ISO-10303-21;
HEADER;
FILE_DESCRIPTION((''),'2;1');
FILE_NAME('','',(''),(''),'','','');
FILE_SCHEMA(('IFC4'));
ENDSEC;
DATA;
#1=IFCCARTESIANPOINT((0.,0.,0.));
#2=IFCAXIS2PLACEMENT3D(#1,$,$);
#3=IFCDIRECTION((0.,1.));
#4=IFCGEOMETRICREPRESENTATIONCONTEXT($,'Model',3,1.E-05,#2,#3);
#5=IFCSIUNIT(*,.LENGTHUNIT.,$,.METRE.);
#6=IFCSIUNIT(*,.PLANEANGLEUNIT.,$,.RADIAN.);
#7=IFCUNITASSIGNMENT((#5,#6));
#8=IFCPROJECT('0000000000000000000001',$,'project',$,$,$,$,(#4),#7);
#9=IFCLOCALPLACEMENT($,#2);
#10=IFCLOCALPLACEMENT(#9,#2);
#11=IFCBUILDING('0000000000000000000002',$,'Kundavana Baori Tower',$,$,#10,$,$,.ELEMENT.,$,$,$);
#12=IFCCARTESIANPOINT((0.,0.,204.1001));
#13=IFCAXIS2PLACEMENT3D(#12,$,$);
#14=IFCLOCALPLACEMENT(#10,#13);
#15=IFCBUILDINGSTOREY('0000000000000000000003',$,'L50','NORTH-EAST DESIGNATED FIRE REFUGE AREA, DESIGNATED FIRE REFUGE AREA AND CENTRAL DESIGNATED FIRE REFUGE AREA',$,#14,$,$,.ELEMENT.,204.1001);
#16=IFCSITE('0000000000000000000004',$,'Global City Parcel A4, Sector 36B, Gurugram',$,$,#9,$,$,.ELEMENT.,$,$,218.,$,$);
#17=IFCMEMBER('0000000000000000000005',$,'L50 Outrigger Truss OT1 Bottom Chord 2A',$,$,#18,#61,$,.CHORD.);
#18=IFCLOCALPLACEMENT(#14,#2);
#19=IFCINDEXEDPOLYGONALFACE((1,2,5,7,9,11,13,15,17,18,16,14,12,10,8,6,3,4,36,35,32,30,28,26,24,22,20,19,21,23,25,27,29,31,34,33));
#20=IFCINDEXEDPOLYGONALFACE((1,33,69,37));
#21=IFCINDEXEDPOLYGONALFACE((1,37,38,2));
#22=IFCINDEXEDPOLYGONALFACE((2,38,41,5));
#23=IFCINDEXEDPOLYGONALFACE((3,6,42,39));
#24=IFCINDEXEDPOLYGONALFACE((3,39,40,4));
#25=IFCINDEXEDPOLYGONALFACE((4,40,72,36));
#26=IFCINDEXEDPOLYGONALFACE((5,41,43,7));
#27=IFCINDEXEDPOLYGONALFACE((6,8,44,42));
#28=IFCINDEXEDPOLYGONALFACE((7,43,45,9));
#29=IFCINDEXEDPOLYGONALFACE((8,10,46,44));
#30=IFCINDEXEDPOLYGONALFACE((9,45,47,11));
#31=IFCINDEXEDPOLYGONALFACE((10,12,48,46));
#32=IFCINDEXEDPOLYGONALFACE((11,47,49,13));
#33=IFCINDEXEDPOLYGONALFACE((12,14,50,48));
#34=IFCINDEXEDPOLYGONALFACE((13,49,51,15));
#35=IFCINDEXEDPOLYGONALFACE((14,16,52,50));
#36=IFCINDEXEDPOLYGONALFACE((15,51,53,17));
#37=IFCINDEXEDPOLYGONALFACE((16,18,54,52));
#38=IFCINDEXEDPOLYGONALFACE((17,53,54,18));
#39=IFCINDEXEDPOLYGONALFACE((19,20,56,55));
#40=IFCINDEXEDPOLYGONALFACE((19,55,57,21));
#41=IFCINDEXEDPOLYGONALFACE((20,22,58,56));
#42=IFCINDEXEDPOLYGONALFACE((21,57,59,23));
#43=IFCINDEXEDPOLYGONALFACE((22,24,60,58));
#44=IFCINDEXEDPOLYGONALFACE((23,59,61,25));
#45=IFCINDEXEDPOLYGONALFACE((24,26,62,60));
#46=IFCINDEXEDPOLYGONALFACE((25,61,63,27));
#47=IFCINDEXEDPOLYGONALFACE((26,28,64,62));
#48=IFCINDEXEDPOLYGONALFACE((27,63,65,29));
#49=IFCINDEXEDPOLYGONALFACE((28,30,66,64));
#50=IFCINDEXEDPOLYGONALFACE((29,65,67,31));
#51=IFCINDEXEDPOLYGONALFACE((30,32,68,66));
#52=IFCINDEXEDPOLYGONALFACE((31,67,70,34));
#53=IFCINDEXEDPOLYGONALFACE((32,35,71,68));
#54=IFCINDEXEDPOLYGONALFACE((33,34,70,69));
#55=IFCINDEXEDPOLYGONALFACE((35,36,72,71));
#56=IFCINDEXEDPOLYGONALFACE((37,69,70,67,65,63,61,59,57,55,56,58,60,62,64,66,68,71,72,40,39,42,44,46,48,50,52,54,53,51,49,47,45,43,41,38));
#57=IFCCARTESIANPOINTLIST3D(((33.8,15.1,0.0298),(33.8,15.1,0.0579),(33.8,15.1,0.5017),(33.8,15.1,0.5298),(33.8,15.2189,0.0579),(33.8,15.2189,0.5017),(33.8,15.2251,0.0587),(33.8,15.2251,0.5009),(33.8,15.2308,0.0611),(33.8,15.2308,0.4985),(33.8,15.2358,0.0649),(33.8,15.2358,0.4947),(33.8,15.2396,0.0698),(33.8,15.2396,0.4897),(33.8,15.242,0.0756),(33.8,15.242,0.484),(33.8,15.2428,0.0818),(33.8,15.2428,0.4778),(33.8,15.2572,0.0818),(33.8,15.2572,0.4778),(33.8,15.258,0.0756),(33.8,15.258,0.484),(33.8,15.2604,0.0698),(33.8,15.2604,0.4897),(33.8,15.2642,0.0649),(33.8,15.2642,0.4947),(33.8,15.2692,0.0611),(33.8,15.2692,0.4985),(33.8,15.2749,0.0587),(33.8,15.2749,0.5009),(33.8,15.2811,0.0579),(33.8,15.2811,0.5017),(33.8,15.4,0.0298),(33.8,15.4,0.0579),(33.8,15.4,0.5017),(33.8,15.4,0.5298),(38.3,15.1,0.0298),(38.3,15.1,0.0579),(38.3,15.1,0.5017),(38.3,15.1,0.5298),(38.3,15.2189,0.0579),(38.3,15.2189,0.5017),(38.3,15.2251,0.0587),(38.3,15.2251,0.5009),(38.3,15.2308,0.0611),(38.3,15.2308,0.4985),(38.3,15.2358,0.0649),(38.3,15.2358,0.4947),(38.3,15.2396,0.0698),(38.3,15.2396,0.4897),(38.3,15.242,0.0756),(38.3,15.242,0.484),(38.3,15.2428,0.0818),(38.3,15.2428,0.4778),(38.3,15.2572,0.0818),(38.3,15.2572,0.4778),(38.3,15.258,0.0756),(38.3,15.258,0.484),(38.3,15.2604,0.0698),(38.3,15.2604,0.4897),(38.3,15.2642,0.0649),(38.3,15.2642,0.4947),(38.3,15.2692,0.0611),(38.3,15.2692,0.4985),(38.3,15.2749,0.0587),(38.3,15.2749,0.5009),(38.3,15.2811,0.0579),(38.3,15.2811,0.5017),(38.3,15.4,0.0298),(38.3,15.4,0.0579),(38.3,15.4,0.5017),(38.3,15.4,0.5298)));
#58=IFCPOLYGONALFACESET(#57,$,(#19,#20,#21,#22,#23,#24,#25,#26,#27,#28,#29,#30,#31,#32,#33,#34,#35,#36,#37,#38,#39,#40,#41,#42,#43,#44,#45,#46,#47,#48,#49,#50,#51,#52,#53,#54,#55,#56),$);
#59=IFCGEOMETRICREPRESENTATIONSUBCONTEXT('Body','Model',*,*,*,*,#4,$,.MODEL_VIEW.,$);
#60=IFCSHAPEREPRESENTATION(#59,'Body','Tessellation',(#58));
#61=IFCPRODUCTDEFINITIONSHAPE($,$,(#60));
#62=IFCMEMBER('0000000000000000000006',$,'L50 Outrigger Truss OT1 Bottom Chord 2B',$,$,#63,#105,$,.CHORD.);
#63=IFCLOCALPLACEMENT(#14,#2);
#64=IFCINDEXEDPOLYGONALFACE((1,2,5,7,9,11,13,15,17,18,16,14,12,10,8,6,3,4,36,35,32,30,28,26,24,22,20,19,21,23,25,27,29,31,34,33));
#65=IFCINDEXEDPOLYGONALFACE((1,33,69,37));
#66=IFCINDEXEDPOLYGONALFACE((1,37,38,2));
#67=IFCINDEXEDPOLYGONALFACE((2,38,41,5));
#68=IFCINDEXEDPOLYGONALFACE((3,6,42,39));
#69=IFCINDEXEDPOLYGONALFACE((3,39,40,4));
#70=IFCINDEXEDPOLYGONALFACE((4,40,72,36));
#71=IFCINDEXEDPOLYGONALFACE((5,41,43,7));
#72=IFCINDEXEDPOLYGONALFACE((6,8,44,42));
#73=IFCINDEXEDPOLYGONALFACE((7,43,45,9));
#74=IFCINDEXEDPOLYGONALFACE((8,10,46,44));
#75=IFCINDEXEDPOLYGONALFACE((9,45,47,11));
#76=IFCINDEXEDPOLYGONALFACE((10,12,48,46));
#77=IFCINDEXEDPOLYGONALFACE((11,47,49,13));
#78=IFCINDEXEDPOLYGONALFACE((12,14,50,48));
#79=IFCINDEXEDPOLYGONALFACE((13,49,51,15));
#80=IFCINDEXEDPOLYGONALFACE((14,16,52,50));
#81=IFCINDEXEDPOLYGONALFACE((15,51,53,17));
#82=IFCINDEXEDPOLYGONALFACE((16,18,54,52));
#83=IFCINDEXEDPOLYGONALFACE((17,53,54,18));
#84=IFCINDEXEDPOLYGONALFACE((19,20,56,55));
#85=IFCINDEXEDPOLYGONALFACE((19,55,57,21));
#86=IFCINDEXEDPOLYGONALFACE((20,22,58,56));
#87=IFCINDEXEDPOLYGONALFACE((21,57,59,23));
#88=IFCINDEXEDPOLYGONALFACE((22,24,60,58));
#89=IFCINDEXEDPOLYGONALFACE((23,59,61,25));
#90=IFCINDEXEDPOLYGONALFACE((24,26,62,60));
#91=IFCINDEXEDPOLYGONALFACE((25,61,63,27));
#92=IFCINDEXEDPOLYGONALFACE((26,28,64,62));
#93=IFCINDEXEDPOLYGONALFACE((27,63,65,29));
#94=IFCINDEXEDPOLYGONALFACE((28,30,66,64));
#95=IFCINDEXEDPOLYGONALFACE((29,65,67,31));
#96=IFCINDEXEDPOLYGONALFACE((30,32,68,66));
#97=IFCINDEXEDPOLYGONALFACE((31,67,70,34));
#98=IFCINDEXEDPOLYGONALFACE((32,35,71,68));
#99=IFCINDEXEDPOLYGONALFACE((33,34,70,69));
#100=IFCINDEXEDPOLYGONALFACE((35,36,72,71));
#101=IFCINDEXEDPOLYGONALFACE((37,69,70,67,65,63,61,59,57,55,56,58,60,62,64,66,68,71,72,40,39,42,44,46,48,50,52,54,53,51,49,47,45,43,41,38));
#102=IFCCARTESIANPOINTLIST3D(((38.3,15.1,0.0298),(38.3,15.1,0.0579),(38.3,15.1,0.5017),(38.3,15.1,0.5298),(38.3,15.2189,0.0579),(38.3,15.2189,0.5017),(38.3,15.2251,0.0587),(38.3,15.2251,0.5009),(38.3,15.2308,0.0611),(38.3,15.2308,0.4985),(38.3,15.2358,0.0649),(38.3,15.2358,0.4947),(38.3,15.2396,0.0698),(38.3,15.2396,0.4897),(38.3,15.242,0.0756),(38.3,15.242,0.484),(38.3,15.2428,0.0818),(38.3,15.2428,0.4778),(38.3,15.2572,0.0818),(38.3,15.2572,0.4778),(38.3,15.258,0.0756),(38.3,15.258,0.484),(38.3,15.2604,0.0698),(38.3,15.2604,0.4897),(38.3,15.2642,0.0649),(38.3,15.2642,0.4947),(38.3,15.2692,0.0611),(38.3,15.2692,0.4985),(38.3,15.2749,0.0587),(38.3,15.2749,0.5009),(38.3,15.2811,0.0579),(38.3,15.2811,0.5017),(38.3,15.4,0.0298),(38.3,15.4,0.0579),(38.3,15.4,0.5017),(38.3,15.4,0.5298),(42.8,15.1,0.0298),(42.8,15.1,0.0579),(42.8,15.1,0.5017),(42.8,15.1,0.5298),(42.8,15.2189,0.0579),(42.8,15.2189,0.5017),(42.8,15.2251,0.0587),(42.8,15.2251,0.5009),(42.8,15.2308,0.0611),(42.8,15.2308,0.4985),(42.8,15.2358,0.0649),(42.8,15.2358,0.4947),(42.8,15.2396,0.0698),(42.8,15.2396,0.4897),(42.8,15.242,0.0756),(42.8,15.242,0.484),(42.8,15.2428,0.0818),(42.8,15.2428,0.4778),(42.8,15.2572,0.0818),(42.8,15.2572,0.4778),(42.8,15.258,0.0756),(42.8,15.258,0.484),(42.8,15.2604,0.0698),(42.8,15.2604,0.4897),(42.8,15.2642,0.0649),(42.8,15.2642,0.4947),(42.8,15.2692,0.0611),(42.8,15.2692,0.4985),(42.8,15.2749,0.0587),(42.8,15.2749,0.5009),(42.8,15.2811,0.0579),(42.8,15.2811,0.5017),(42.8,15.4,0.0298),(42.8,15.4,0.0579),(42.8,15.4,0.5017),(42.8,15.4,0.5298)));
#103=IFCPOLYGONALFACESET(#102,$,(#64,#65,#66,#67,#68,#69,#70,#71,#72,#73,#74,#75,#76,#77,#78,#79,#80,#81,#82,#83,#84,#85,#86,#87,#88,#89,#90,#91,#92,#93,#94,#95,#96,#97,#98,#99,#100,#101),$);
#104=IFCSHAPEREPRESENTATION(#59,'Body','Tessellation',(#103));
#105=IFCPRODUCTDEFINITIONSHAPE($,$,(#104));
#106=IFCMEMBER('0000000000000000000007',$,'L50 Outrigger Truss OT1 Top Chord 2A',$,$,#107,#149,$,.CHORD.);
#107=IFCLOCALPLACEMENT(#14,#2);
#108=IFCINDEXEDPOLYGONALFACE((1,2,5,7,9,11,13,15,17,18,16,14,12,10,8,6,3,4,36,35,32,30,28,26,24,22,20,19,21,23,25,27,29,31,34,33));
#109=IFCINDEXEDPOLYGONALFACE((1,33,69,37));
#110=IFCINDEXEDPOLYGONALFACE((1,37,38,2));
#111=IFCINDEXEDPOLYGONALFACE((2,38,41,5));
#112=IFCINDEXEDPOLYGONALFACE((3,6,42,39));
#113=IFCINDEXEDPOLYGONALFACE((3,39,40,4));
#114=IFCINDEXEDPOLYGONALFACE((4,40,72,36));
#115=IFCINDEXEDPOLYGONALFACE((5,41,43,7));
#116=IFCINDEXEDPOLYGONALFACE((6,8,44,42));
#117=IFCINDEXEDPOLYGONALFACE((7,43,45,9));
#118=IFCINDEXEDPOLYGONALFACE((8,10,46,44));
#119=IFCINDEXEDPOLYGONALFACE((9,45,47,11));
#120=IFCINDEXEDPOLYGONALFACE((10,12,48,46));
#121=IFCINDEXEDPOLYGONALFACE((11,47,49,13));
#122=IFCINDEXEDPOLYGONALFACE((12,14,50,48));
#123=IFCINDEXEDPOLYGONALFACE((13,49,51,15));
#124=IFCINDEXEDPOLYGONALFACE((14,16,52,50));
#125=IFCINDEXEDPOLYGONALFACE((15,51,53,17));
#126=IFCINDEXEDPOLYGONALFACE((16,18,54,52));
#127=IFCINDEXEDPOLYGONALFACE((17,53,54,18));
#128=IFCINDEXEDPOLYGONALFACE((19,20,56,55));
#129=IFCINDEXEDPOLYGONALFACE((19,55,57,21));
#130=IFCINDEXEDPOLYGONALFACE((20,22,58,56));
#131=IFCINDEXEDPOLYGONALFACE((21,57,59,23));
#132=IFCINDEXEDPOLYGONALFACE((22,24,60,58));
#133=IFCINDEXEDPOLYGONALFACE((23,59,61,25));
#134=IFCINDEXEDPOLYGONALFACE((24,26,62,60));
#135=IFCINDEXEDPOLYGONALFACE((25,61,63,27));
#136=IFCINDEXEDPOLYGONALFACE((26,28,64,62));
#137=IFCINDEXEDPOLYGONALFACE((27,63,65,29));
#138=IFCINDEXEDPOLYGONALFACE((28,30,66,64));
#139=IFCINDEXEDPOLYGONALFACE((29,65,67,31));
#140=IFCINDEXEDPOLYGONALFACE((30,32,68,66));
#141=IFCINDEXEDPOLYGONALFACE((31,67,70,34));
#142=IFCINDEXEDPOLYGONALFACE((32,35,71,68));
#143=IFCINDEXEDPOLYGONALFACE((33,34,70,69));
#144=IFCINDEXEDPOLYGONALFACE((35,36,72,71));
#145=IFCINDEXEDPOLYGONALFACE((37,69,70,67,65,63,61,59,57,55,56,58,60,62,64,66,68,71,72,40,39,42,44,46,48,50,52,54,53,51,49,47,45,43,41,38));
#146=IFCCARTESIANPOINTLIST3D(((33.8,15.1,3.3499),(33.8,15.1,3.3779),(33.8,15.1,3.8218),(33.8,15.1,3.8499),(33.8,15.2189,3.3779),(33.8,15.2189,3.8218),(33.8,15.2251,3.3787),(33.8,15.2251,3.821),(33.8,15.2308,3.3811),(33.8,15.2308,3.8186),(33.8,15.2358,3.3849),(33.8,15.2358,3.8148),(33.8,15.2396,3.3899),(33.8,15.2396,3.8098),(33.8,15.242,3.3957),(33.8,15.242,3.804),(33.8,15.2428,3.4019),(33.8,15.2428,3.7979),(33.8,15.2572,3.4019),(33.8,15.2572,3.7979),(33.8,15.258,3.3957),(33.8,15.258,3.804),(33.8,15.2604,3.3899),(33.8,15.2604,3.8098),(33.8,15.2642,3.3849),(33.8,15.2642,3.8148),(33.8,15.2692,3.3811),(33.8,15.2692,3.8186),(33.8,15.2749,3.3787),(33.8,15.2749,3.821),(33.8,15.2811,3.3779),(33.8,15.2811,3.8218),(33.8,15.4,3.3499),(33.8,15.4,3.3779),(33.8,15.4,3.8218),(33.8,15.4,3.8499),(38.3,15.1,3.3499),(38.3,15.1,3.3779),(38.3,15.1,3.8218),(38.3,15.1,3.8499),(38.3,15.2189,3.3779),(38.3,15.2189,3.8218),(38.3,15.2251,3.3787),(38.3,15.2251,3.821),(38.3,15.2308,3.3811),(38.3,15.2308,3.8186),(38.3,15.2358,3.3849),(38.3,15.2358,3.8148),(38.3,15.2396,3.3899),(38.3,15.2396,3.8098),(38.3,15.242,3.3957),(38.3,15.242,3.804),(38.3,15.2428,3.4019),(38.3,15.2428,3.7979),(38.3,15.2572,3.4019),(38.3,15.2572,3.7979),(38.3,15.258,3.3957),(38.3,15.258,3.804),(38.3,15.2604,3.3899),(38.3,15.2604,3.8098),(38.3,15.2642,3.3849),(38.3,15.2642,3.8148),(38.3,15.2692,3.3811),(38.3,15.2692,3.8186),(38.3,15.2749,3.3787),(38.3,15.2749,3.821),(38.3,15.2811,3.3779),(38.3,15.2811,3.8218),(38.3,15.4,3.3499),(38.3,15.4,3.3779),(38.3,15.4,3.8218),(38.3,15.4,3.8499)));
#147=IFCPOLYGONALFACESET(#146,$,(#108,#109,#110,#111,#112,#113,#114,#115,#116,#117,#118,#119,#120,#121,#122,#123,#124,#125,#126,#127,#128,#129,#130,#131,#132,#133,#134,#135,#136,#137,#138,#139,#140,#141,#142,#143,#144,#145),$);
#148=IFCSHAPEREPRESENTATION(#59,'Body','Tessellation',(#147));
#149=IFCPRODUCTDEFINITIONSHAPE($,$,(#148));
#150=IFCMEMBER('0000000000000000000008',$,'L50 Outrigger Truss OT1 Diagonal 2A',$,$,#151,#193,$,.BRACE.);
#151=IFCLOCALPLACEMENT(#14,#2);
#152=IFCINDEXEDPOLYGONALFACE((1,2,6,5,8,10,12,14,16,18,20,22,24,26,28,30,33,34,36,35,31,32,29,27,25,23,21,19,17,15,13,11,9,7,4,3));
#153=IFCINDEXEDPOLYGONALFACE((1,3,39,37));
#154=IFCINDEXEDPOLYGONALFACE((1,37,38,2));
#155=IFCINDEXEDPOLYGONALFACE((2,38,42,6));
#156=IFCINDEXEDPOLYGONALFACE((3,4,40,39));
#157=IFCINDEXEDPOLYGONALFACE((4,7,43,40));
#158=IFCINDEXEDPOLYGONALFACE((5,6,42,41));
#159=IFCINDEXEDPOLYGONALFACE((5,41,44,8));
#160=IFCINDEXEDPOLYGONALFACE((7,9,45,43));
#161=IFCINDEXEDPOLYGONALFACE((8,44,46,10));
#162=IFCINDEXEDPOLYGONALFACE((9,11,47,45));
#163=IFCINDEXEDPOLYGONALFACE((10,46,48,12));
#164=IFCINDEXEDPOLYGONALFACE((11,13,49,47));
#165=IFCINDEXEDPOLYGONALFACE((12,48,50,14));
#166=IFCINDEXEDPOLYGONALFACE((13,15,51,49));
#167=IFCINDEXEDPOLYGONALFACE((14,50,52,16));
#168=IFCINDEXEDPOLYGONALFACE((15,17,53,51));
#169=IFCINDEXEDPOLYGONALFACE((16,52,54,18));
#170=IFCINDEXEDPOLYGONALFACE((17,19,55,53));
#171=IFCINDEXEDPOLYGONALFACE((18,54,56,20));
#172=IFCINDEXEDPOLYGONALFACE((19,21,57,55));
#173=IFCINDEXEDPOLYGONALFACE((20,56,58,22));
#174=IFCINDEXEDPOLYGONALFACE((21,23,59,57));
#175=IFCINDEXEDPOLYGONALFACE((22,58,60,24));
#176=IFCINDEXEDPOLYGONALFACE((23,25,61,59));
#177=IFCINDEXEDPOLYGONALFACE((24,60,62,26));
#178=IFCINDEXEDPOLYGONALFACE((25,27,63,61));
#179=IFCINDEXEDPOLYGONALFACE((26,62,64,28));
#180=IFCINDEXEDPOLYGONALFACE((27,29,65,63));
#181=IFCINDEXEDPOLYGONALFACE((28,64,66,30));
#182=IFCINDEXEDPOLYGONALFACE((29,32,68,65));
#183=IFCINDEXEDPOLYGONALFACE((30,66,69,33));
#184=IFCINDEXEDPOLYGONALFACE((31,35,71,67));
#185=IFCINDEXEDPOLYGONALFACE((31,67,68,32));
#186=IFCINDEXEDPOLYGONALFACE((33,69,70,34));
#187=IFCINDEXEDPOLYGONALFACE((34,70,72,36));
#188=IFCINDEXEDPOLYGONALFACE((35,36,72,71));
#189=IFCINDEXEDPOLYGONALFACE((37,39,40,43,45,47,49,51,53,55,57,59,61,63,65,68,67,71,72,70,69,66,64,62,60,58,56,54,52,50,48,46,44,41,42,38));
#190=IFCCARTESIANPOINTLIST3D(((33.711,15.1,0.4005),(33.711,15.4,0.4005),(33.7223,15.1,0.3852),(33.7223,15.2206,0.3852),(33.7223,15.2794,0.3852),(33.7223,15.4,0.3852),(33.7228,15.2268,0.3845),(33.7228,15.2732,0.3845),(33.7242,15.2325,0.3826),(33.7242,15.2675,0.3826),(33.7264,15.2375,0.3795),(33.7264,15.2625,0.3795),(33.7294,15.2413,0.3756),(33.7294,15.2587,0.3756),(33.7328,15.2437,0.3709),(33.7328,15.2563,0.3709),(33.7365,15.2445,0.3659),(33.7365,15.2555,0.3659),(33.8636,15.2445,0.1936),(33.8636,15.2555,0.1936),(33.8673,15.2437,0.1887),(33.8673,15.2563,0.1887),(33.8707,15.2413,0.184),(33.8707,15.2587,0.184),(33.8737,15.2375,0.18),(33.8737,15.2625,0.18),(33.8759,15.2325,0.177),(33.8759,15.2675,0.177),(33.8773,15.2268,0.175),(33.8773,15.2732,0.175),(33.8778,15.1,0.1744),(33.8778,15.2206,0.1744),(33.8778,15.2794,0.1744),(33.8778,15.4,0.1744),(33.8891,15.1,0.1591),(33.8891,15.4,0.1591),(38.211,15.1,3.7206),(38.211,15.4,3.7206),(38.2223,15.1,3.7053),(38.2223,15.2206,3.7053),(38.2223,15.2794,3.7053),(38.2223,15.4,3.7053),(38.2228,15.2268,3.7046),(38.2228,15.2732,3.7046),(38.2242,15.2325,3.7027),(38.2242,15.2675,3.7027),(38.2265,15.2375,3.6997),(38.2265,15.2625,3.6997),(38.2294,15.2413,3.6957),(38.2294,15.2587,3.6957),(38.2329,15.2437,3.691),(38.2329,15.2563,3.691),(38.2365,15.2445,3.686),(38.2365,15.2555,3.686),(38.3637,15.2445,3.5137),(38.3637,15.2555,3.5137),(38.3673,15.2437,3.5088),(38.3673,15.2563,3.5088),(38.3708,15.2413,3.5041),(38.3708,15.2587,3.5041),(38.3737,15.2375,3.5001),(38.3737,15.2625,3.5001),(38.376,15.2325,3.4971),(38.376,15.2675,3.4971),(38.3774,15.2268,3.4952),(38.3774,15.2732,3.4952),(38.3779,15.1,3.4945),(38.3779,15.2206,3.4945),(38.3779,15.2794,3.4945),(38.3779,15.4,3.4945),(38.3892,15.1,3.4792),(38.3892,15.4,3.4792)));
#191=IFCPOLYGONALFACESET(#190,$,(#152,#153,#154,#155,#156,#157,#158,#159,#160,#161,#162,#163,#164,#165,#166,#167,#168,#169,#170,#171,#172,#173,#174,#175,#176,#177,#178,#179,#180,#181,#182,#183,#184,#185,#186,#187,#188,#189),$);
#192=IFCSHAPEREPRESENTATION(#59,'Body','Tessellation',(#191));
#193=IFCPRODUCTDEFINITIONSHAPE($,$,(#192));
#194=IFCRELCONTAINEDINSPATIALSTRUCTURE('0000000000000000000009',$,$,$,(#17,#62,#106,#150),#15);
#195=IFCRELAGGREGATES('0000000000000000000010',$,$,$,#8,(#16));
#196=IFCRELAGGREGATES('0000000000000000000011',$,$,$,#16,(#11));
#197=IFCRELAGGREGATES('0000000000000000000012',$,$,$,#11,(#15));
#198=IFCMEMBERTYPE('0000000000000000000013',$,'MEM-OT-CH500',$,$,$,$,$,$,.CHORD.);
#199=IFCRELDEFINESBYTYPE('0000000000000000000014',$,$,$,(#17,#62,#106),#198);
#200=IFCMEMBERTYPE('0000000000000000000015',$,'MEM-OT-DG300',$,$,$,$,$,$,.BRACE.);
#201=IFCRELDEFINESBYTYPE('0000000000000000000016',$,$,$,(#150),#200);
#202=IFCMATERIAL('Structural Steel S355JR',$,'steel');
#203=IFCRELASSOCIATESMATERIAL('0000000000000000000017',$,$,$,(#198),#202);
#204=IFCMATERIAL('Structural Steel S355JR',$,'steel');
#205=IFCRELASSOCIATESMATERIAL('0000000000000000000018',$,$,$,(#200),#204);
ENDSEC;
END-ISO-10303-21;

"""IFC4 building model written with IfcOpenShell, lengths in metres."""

from ifc_helpers import new_model, si_unit, direction, frame, origin, origin_2d, place, context, subcontext, project, spatial, i_section, extrude, material, material_profile, profile_set, type_object, element, save


model = new_model("IFC4")

# Units and contexts
model_context = context("Model", 3, precision=1e-05, world=origin(), true_north=direction((0.0, 1.0)))
body_context = subcontext(model_context, "Body", "Model", "MODEL_VIEW")
ifc_project = project(units=[si_unit("LENGTHUNIT", "METRE"), si_unit("PLANEANGLEUNIT", "RADIAN")], contexts=[model_context])

# Site, building, storey
site_placement = place(None, origin())
site = spatial("IfcSite", under=ifc_project, at=site_placement, Name="Global City Parcel A4, Sector 36B, Gurugram", CompositionType="ELEMENT", RefElevation=218.0)
building_placement = place(site_placement, origin())
building = spatial("IfcBuilding", under=site, at=building_placement, Name="Kundavana Baori Tower", CompositionType="ELEMENT")
storey_placement = place(building_placement, frame((0.0, 0.0, 204.1001)))
storey = spatial("IfcBuildingStorey", under=building, at=storey_placement, Name="L50", Description="NORTH-EAST DESIGNATED FIRE REFUGE AREA, DESIGNATED FIRE REFUGE AREA AND CENTRAL DESIGNATED FIRE REFUGE AREA", CompositionType="ELEMENT", Elevation=204.1001)

# Members
ifc_material_1 = material(Name="Structural Steel S355JR", Category="steel")
ifc_material_profile_1 = material_profile(ifc_material_1, i_section(OverallWidth=0.3, OverallDepth=0.5, WebThickness=0.0144, FlangeThickness=0.0281, FilletRadius=0.0239, at=origin_2d()), Name="WPB 500x300x155")
ifc_profile_set_1 = profile_set([ifc_material_profile_1], Name="Structural Steel S355JR")
member_type_1 = type_object("IfcMemberType", Name="MEM-OT-CH500", PredefinedType="CHORD", material=ifc_profile_set_1)
for number, where, z_axis, x_axis, name in (
    (1, (33.8, 15.25, 0.2798), (1.0, 0.0, 0.0), (0.0, 1.0, 0.0), "L50 Outrigger Truss OT1 Bottom Chord 2A"),
    (2, (38.3, 15.25, 0.2798), (1.0, 0.0, 0.0), (0.0, 1.0, 0.0), "L50 Outrigger Truss OT1 Bottom Chord 2B"),
    (3, (33.8, 15.25, 3.5999), (1.0, 0.0, 0.0), (0.0, 1.0, 0.0), "L50 Outrigger Truss OT1 Top Chord 2A"),
):
    element("IfcMember", number, at=place(storey_placement, frame(where, z_axis=z_axis, x_axis=x_axis)), inside=storey, type_object=member_type_1, Name=name, PredefinedType="CHORD", context=body_context, shape_type="SweptSolid", body=[
        extrude(i_section(OverallWidth=0.3, OverallDepth=0.5, WebThickness=0.0144, FlangeThickness=0.0281, FilletRadius=0.0239, at=origin_2d()), origin(), (0.0, 0.0, 1.0), 4.5),
    ])
ifc_material_2 = material(Name="Structural Steel S355JR", Category="steel")
ifc_material_profile_2 = material_profile(ifc_material_2, i_section(OverallWidth=0.3, OverallDepth=0.3, WebThickness=0.011, FlangeThickness=0.019, FilletRadius=0.0239, at=origin_2d()), Name="WPB 300x300x117")
ifc_profile_set_2 = profile_set([ifc_material_profile_2], Name="Structural Steel S355JR")
member_type_2 = type_object("IfcMemberType", Name="MEM-OT-DG300", PredefinedType="BRACE", material=ifc_profile_set_2)
member_placement = place(storey_placement, frame((33.8, 15.25, 0.2798), z_axis=(0.80469, 0.0, 0.593695), x_axis=(0.0, 1.0, 0.0)))
element("IfcMember", 4, at=member_placement, inside=storey, type_object=member_type_2, Name="L50 Outrigger Truss OT1 Diagonal 2A", PredefinedType="BRACE", context=body_context, shape_type="SweptSolid", body=[
    extrude(i_section(OverallWidth=0.3, OverallDepth=0.3, WebThickness=0.011, FlangeThickness=0.019, FilletRadius=0.0239, at=origin_2d()), origin(), (0.0, 0.0, 1.0), 5.5923),
])

save(model, "model.ifc")
